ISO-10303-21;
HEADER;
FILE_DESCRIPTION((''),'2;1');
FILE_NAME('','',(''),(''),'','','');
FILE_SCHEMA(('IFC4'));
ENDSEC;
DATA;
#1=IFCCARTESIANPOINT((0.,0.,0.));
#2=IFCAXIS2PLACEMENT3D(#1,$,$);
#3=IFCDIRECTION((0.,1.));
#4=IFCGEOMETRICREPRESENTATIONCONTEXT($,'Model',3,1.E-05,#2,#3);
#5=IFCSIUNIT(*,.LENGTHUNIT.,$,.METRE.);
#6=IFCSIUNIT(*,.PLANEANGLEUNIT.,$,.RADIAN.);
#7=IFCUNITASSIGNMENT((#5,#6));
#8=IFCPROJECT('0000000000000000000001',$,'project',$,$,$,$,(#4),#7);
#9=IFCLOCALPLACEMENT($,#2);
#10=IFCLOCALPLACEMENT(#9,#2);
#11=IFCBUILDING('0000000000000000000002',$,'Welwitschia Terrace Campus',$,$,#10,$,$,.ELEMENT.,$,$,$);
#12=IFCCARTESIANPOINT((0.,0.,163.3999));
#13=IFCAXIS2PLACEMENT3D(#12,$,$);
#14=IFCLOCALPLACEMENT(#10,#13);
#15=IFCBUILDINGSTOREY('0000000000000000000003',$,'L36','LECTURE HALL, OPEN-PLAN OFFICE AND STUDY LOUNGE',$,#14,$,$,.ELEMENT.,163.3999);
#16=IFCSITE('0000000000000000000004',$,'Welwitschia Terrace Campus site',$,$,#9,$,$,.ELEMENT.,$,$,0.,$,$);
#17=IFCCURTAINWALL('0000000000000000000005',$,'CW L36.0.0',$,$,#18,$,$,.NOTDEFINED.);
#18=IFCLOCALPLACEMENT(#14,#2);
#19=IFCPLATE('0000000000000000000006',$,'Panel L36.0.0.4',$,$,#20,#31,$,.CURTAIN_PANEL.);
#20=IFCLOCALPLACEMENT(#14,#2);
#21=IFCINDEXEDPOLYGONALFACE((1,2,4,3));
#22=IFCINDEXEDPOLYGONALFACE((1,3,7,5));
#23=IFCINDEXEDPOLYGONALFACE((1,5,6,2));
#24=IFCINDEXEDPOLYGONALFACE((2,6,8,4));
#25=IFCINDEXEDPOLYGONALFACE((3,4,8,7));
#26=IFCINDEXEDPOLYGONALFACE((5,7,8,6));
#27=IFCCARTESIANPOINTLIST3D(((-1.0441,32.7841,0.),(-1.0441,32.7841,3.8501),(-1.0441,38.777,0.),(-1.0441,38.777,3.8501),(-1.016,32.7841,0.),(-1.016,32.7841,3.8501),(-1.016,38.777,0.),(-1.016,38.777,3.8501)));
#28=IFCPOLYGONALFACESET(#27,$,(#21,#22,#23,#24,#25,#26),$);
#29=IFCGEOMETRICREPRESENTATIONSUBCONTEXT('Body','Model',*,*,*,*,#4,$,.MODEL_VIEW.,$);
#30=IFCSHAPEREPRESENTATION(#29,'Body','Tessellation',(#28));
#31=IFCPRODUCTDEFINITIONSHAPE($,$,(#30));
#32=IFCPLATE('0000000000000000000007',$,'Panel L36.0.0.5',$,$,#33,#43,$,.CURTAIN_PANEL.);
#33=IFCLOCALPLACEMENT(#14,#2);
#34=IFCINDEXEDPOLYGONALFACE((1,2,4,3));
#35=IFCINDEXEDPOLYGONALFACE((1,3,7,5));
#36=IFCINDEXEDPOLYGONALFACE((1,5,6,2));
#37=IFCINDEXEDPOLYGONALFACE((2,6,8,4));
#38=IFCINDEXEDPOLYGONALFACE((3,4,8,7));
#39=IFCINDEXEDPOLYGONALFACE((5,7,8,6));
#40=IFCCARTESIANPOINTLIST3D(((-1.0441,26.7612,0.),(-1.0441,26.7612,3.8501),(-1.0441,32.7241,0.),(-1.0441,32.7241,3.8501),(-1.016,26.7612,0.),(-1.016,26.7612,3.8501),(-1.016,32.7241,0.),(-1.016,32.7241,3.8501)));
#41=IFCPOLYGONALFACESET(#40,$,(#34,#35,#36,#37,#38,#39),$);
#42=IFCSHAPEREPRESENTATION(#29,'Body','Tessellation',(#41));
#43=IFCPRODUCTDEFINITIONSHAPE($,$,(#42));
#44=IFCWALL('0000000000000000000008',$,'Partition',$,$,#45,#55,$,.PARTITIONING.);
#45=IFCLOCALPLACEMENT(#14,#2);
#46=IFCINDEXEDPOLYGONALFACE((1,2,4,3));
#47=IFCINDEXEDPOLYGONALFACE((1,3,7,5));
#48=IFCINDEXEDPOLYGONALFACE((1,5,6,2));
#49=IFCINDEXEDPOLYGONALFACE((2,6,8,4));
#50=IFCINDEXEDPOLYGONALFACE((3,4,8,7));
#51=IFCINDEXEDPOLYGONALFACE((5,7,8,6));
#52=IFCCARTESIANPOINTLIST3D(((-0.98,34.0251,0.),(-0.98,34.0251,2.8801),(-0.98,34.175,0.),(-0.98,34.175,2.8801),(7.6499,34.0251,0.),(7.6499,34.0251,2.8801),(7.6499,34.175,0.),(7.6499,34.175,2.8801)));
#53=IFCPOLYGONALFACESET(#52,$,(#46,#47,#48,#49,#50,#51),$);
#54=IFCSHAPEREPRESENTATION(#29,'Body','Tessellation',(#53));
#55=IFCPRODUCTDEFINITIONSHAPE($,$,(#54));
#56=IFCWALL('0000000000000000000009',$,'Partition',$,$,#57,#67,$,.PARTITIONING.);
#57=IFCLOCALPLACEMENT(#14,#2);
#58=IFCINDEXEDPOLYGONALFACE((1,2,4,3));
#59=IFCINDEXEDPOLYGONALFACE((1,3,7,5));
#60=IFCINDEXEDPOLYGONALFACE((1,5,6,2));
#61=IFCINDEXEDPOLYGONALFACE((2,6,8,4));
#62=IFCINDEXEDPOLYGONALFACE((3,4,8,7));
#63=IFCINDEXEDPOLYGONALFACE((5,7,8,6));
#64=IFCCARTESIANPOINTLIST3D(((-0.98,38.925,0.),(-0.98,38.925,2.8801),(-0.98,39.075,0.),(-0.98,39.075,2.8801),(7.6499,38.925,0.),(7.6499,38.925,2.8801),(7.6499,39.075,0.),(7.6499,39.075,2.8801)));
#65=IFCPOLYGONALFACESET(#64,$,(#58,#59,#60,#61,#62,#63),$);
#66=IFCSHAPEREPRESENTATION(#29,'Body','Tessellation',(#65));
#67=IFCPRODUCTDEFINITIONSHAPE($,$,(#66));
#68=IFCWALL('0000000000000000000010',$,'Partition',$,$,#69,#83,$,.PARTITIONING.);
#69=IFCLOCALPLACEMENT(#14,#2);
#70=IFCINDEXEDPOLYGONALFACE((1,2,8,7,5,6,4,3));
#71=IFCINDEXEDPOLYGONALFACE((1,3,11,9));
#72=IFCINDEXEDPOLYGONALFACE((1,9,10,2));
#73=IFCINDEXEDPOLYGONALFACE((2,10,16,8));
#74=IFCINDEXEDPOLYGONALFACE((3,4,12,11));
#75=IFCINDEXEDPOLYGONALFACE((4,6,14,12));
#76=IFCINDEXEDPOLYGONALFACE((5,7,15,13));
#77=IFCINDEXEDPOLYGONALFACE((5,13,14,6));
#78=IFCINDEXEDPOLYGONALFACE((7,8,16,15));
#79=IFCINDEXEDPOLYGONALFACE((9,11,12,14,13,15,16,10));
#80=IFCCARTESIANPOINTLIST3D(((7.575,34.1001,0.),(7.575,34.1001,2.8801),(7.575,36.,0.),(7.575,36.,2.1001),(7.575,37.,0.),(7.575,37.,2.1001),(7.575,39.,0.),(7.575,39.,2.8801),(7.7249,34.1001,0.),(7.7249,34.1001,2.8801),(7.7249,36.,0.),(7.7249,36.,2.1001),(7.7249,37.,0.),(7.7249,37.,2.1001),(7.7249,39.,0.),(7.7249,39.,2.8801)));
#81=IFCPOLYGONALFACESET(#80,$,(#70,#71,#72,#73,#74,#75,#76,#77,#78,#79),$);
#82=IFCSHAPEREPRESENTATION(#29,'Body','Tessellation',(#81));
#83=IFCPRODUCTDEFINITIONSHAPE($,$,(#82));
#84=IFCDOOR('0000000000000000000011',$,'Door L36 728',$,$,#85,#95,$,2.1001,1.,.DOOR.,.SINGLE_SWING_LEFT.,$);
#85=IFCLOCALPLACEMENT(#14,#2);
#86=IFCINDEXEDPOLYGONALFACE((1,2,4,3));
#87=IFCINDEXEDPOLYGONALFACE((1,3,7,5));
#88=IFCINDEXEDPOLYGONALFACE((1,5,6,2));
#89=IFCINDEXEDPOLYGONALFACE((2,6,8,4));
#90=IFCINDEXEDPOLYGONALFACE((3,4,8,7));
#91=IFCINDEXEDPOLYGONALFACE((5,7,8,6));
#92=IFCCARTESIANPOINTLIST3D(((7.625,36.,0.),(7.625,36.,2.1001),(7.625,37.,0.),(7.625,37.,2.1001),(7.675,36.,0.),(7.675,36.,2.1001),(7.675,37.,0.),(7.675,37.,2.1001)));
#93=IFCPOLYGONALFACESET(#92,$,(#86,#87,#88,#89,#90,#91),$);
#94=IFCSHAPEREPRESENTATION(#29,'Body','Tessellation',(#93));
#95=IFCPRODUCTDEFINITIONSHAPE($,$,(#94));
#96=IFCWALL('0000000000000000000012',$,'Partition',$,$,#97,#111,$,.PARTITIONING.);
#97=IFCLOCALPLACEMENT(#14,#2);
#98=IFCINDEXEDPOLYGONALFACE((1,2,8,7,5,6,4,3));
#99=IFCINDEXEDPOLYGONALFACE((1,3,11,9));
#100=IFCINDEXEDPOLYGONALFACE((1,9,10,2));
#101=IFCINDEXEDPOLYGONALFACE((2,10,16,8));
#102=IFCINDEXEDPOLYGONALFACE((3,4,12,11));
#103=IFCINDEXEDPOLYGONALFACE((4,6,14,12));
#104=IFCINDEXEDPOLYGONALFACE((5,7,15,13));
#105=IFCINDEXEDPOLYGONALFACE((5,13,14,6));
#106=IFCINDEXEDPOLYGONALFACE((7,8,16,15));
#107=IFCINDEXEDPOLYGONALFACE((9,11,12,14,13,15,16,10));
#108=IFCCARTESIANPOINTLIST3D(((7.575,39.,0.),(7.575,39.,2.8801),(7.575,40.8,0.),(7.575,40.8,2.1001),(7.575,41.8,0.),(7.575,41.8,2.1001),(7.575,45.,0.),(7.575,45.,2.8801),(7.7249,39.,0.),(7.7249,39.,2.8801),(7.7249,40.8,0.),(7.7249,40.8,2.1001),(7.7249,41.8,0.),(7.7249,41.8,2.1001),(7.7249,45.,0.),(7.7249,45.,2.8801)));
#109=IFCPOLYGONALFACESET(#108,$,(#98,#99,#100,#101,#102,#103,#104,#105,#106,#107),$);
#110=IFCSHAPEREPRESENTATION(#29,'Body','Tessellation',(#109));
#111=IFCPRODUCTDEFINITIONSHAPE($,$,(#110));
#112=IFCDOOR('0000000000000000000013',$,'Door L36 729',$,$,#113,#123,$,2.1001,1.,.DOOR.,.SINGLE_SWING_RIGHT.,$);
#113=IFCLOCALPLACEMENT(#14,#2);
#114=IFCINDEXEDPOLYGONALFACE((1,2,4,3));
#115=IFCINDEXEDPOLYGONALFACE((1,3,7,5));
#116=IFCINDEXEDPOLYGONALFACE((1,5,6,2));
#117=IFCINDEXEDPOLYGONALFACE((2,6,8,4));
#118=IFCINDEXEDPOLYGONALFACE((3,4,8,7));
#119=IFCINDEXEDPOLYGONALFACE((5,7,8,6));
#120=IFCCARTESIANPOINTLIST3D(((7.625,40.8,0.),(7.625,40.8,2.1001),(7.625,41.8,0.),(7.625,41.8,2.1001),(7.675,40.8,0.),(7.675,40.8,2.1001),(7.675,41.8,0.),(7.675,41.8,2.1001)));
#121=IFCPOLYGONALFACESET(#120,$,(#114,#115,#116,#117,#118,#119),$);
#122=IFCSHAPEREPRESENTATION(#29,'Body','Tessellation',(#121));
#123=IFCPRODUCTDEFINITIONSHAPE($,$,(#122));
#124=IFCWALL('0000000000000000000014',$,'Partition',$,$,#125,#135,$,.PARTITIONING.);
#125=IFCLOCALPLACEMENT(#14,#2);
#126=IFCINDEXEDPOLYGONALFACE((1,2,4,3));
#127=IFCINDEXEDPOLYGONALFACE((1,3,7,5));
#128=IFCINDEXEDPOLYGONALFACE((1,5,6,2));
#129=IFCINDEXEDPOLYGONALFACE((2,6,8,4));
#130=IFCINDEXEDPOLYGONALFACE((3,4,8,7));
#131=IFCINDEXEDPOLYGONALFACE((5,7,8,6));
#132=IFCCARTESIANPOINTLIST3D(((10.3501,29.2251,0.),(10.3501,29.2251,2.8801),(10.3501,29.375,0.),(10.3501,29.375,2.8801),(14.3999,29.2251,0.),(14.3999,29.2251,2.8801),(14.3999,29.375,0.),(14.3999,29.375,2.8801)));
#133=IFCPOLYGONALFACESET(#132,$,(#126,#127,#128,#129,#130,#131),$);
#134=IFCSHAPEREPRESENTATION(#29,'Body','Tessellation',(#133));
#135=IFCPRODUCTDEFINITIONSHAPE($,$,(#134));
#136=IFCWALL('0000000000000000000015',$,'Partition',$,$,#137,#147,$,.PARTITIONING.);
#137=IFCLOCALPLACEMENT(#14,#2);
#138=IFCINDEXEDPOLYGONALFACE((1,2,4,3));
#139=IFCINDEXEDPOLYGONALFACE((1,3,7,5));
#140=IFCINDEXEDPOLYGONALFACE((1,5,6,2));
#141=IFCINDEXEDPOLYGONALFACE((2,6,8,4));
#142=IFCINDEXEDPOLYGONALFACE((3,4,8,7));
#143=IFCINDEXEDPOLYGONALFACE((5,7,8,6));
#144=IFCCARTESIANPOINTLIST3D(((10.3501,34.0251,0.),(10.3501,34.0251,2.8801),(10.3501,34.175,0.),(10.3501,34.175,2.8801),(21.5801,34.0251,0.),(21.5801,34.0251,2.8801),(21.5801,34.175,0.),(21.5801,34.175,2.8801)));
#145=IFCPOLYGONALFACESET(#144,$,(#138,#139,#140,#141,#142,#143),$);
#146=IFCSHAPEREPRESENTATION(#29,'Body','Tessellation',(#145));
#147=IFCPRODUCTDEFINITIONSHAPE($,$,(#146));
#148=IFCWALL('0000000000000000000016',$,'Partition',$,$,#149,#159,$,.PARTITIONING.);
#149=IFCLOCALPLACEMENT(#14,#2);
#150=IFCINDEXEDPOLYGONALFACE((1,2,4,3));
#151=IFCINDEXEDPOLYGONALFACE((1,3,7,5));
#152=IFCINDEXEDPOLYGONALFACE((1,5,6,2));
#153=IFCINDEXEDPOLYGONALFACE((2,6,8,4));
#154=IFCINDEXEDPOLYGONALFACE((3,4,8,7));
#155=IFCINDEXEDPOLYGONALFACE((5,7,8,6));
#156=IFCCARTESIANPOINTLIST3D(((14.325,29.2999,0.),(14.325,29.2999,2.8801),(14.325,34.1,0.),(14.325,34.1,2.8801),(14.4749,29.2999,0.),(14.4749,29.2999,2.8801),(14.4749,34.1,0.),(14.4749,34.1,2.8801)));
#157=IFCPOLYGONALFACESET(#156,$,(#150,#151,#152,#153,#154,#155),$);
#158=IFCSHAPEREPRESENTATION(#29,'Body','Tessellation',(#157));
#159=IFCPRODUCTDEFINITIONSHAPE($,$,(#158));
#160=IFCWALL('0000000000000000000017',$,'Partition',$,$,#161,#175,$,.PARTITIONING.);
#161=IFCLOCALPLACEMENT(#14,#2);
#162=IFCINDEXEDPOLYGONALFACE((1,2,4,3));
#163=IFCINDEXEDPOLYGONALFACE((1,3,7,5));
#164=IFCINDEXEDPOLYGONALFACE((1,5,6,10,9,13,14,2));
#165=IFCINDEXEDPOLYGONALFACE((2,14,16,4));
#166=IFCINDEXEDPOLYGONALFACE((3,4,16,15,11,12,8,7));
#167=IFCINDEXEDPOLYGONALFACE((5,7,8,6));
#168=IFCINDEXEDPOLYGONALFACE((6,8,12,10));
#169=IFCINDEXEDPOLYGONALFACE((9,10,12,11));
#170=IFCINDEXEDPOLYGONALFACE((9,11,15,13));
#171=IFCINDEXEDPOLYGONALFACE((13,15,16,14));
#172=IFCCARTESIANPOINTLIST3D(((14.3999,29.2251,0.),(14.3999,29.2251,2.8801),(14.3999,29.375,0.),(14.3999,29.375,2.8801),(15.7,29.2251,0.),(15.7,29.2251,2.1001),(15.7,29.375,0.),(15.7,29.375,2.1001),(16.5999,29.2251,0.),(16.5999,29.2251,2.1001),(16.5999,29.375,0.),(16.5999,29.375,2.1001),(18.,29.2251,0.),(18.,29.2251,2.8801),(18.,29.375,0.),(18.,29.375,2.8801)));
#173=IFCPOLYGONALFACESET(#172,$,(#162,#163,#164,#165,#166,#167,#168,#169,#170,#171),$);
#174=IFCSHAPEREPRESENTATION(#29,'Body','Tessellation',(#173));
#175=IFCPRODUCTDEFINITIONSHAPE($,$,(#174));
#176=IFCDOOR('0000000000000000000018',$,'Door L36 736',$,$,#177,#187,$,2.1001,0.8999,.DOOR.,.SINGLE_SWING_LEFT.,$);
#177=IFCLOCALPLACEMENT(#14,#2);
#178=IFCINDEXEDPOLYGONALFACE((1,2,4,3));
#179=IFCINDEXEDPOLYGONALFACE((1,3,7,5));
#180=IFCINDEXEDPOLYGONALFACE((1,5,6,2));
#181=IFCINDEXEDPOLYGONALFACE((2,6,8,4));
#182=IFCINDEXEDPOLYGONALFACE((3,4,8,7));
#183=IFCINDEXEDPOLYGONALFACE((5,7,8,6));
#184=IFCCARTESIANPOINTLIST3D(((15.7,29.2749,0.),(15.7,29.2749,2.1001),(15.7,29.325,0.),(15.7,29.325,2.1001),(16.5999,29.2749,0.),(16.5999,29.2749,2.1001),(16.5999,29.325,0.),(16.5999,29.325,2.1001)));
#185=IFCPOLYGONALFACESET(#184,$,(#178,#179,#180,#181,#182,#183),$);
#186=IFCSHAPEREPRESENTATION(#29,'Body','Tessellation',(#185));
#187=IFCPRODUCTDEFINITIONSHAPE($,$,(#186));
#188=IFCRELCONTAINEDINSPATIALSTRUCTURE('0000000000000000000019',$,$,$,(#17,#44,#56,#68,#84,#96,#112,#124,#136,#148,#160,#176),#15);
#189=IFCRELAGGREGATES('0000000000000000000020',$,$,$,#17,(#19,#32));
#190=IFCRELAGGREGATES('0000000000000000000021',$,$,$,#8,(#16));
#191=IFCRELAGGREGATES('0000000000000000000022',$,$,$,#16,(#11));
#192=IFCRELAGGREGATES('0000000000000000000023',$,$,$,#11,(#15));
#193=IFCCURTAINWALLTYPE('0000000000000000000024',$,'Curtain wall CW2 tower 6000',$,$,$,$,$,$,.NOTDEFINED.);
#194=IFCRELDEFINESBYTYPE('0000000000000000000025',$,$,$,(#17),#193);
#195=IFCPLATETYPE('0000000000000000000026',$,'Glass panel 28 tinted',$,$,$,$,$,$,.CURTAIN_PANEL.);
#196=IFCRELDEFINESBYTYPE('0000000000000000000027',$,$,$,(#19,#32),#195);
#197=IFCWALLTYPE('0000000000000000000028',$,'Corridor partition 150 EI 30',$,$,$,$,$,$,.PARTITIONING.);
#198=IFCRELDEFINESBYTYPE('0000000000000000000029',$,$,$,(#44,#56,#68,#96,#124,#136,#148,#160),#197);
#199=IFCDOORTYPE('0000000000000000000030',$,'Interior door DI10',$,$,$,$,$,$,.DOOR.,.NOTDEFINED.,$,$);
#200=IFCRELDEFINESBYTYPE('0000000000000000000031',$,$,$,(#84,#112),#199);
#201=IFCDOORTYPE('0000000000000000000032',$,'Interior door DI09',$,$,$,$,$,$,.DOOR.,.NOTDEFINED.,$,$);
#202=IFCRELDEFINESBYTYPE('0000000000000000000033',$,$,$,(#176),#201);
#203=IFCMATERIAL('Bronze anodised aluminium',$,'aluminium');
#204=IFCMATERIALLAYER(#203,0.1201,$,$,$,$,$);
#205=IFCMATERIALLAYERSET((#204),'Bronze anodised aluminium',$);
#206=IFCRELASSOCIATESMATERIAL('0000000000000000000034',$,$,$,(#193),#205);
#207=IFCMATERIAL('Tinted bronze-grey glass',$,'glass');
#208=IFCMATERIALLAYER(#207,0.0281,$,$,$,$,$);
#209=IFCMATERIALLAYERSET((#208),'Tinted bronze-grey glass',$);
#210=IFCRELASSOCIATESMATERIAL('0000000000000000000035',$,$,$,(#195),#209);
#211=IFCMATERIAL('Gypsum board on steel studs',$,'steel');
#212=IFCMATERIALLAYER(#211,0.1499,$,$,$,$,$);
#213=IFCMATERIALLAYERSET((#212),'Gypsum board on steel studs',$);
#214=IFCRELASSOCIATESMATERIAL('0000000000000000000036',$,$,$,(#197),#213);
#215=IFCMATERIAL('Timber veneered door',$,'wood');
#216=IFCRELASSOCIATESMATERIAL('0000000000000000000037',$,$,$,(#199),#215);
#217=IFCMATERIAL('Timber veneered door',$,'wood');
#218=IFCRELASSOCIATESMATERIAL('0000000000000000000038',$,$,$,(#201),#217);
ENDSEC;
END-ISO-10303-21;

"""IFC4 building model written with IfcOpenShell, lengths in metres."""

from ifc_helpers import new_model, si_unit, direction, frame, frame_2d, origin, origin_2d, place, context, subcontext, project, spatial, rectangle, extrude, material, layer, layer_set, type_object, element, fill, aggregate, save


model = new_model("IFC4")

# Units and contexts
model_context = context("Model", 3, precision=1e-05, world=origin(), true_north=direction((0.0, 1.0)))
body_context = subcontext(model_context, "Body", "Model", "MODEL_VIEW")
ifc_project = project(units=[si_unit("LENGTHUNIT", "METRE"), si_unit("PLANEANGLEUNIT", "RADIAN")], contexts=[model_context])

# Site, building, storey
site_placement = place(None, origin())
site = spatial("IfcSite", under=ifc_project, at=site_placement, Name="Welwitschia Terrace Campus site", CompositionType="ELEMENT", RefElevation=0.0)
building_placement = place(site_placement, origin())
building = spatial("IfcBuilding", under=site, at=building_placement, Name="Welwitschia Terrace Campus", CompositionType="ELEMENT")
storey_placement = place(building_placement, frame((0.0, 0.0, 163.3999)))
storey = spatial("IfcBuildingStorey", under=building, at=storey_placement, Name="L36", Description="LECTURE HALL, OPEN-PLAN OFFICE AND STUDY LOUNGE", CompositionType="ELEMENT", Elevation=163.3999)

# Curtain wall
ifc_material_1 = material(Name="Bronze anodised aluminium", Category="aluminium")
ifc_layer_1 = layer(ifc_material_1, 0.1201)
ifc_layer_set_1 = layer_set([ifc_layer_1], Name="Bronze anodised aluminium")
curtain_wall_type = type_object("IfcCurtainWallType", Name="Curtain wall CW2 tower 6000", PredefinedType="NOTDEFINED", material=ifc_layer_set_1)
curtain_wall_placement = place(storey_placement, origin())
curtain_wall = element("IfcCurtainWall", 1, at=curtain_wall_placement, inside=storey, type_object=curtain_wall_type, Name="CW L36.0.0", PredefinedType="NOTDEFINED")

# Plates
ifc_material_2 = material(Name="Tinted bronze-grey glass", Category="glass")
ifc_layer_2 = layer(ifc_material_2, 0.0281)
ifc_layer_set_2 = layer_set([ifc_layer_2], Name="Tinted bronze-grey glass")
plate_type = type_object("IfcPlateType", Name="Glass panel 28 tinted", PredefinedType="CURTAIN_PANEL", material=ifc_layer_set_2)
plate_1_placement = place(storey_placement, frame((-1.03, 35.7805, 0.0), z_axis=(0.0, 0.0, 1.0), x_axis=(0.0, -1.0, 0.0)))
plate_1 = element("IfcPlate", 2, at=plate_1_placement, type_object=plate_type, Name="Panel L36.0.0.4", PredefinedType="CURTAIN_PANEL", context=body_context, shape_type="SweptSolid", body=[
    extrude(rectangle(XDim=5.9929, YDim=0.0281, at=origin_2d()), origin(), (0.0, 0.0, 1.0), 3.8501),
])
plate_2_placement = place(storey_placement, frame((-1.03, 29.7427, 0.0), z_axis=(0.0, 0.0, 1.0), x_axis=(0.0, -1.0, 0.0)))
plate_2 = element("IfcPlate", 3, at=plate_2_placement, type_object=plate_type, Name="Panel L36.0.0.5", PredefinedType="CURTAIN_PANEL", context=body_context, shape_type="SweptSolid", body=[
    extrude(rectangle(XDim=5.9629, YDim=0.0281, at=origin_2d()), origin(), (0.0, 0.0, 1.0), 3.8501),
])
aggregate(curtain_wall, [plate_1, plate_2])

# Walls
ifc_material_3 = material(Name="Gypsum board on steel studs", Category="steel")
ifc_layer_3 = layer(ifc_material_3, 0.1499)
ifc_layer_set_3 = layer_set([ifc_layer_3], Name="Gypsum board on steel studs")
wall_type = type_object("IfcWallType", Name="Corridor partition 150 EI 30", PredefinedType="PARTITIONING", material=ifc_layer_set_3)
for number, where, z_axis, x_axis, name in (
    (4, (-0.98, 34.1001, 0.0), (0.0, 0.0, 1.0), (1.0, 0.0, 0.0), "Partition"),
    (5, (-0.98, 39.0, 0.0), (0.0, 0.0, 1.0), (1.0, 0.0, 0.0), "Partition"),
):
    element("IfcWall", number, at=place(storey_placement, frame(where, z_axis=z_axis, x_axis=x_axis)), inside=storey, type_object=wall_type, Name=name, PredefinedType="PARTITIONING", context=body_context, shape_type="SweptSolid", body=[
        extrude(rectangle(XDim=8.6299, YDim=0.1499, at=frame_2d((4.3149, 0.0))), origin(), (0.0, 0.0, 1.0), 2.8801),
    ])

# Walls, openings, doors
wall_1_placement = place(storey_placement, frame((7.6499, 34.1001, 0.0), z_axis=(0.0, 0.0, 1.0), x_axis=(0.0, 1.0, 0.0)))
wall_1 = element("IfcWall", 6, at=wall_1_placement, inside=storey, type_object=wall_type, Name="Partition", PredefinedType="PARTITIONING", context=body_context, shape_type="SweptSolid", body=[
    extrude(rectangle(XDim=4.8999, YDim=0.1499, at=frame_2d((2.45, 0.0))), origin(), (0.0, 0.0, 1.0), 2.8801),
])
opening_1_placement = place(wall_1_placement, frame((1.8999, 0.0, 0.0)))
opening_1 = element("IfcOpeningElement", 7, at=opening_1_placement, cuts=wall_1, PredefinedType="OPENING", context=body_context, shape_type="SweptSolid", body=[
    extrude(rectangle(XDim=1.0, YDim=2.1001, at=frame_2d((0.5, 1.05))), frame((0.0, 0.085, 0.0), z_axis=(0.0, -1.0, 0.0), x_axis=(1.0, 0.0, 0.0)), (0.0, 0.0, 1.0), 0.1699),
])
ifc_material_4 = material(Name="Timber veneered door", Category="wood")
door_type_1 = type_object("IfcDoorType", Name="Interior door DI10", OperationType="NOTDEFINED", PredefinedType="DOOR", material=ifc_material_4)
door_1_placement = place(opening_1_placement, origin())
door_1 = element("IfcDoor", 8, at=door_1_placement, inside=storey, type_object=door_type_1, Name="Door L36 728", OperationType="SINGLE_SWING_LEFT", OverallHeight=2.1001, OverallWidth=1.0, PredefinedType="DOOR", context=body_context, shape_type="SweptSolid", body=[
    extrude(rectangle(XDim=1.0, YDim=2.1001, at=frame_2d((0.5, 1.05))), frame((0.0, 0.0249, 0.0), z_axis=(0.0, -1.0, 0.0), x_axis=(1.0, 0.0, 0.0)), (0.0, 0.0, 1.0), 0.05),
])
fill(opening_1, door_1)
wall_2_placement = place(storey_placement, frame((7.6499, 39.0, 0.0), z_axis=(0.0, 0.0, 1.0), x_axis=(0.0, 1.0, 0.0)))
wall_2 = element("IfcWall", 9, at=wall_2_placement, inside=storey, type_object=wall_type, Name="Partition", PredefinedType="PARTITIONING", context=body_context, shape_type="SweptSolid", body=[
    extrude(rectangle(XDim=6.0, YDim=0.1499, at=frame_2d((3.0, 0.0))), origin(), (0.0, 0.0, 1.0), 2.8801),
])
opening_2_placement = place(wall_2_placement, frame((1.8, 0.0, 0.0)))
opening_2 = element("IfcOpeningElement", 10, at=opening_2_placement, cuts=wall_2, PredefinedType="OPENING", context=body_context, shape_type="SweptSolid", body=[
    extrude(rectangle(XDim=1.0, YDim=2.1001, at=frame_2d((0.5, 1.05))), frame((0.0, 0.085, 0.0), z_axis=(0.0, -1.0, 0.0), x_axis=(1.0, 0.0, 0.0)), (0.0, 0.0, 1.0), 0.1699),
])
door_2_placement = place(opening_2_placement, origin())
door_2 = element("IfcDoor", 11, at=door_2_placement, inside=storey, type_object=door_type_1, Name="Door L36 729", OperationType="SINGLE_SWING_RIGHT", OverallHeight=2.1001, OverallWidth=1.0, PredefinedType="DOOR", context=body_context, shape_type="SweptSolid", body=[
    extrude(rectangle(XDim=1.0, YDim=2.1001, at=frame_2d((0.5, 1.05))), frame((0.0, 0.0249, 0.0), z_axis=(0.0, -1.0, 0.0), x_axis=(1.0, 0.0, 0.0)), (0.0, 0.0, 1.0), 0.05),
])
fill(opening_2, door_2)

# Walls
wall_3_placement = place(storey_placement, frame((10.3501, 29.3, 0.0), z_axis=(0.0, 0.0, 1.0), x_axis=(1.0, 0.0, 0.0)))
element("IfcWall", 12, at=wall_3_placement, inside=storey, type_object=wall_type, Name="Partition", PredefinedType="PARTITIONING", context=body_context, shape_type="SweptSolid", body=[
    extrude(rectangle(XDim=4.0498, YDim=0.1499, at=frame_2d((2.0249, 0.0))), origin(), (0.0, 0.0, 1.0), 2.8801),
])
wall_4_placement = place(storey_placement, frame((10.3501, 34.1001, 0.0), z_axis=(0.0, 0.0, 1.0), x_axis=(1.0, 0.0, 0.0)))
element("IfcWall", 13, at=wall_4_placement, inside=storey, type_object=wall_type, Name="Partition", PredefinedType="PARTITIONING", context=body_context, shape_type="SweptSolid", body=[
    extrude(rectangle(XDim=11.23, YDim=0.1499, at=frame_2d((5.615, 0.0))), origin(), (0.0, 0.0, 1.0), 2.8801),
])
wall_5_placement = place(storey_placement, frame((14.3999, 29.3, 0.0), z_axis=(0.0, 0.0, 1.0), x_axis=(0.0, 1.0, 0.0)))
element("IfcWall", 14, at=wall_5_placement, inside=storey, type_object=wall_type, Name="Partition", PredefinedType="PARTITIONING", context=body_context, shape_type="SweptSolid", body=[
    extrude(rectangle(XDim=4.8, YDim=0.1499, at=frame_2d((2.3999, 0.0))), origin(), (0.0, 0.0, 1.0), 2.8801),
])

# Wall, opening, door
wall_6_placement = place(storey_placement, frame((14.3999, 29.3, 0.0), z_axis=(0.0, 0.0, 1.0), x_axis=(1.0, 0.0, 0.0)))
wall_6 = element("IfcWall", 15, at=wall_6_placement, inside=storey, type_object=wall_type, Name="Partition", PredefinedType="PARTITIONING", context=body_context, shape_type="SweptSolid", body=[
    extrude(rectangle(XDim=3.6001, YDim=0.1499, at=frame_2d((1.8, 0.0))), origin(), (0.0, 0.0, 1.0), 2.8801),
])
opening_3_placement = place(wall_6_placement, frame((1.3, 0.0, 0.0)))
opening_3 = element("IfcOpeningElement", 16, at=opening_3_placement, cuts=wall_6, PredefinedType="OPENING", context=body_context, shape_type="SweptSolid", body=[
    extrude(rectangle(XDim=0.8999, YDim=2.1001, at=frame_2d((0.45, 1.05))), frame((0.0, 0.085, 0.0), z_axis=(0.0, -1.0, 0.0), x_axis=(1.0, 0.0, 0.0)), (0.0, 0.0, 1.0), 0.1699),
])
ifc_material_5 = material(Name="Timber veneered door", Category="wood")
door_type_2 = type_object("IfcDoorType", Name="Interior door DI09", OperationType="NOTDEFINED", PredefinedType="DOOR", material=ifc_material_5)
door_3_placement = place(opening_3_placement, origin())
door_3 = element("IfcDoor", 17, at=door_3_placement, inside=storey, type_object=door_type_2, Name="Door L36 736", OperationType="SINGLE_SWING_LEFT", OverallHeight=2.1001, OverallWidth=0.8999, PredefinedType="DOOR", context=body_context, shape_type="SweptSolid", body=[
    extrude(rectangle(XDim=0.8999, YDim=2.1001, at=frame_2d((0.45, 1.05))), frame((0.0, 0.0249, 0.0), z_axis=(0.0, -1.0, 0.0), x_axis=(1.0, 0.0, 0.0)), (0.0, 0.0, 1.0), 0.05),
])
fill(opening_3, door_3)

save(model, "model.ifc")
